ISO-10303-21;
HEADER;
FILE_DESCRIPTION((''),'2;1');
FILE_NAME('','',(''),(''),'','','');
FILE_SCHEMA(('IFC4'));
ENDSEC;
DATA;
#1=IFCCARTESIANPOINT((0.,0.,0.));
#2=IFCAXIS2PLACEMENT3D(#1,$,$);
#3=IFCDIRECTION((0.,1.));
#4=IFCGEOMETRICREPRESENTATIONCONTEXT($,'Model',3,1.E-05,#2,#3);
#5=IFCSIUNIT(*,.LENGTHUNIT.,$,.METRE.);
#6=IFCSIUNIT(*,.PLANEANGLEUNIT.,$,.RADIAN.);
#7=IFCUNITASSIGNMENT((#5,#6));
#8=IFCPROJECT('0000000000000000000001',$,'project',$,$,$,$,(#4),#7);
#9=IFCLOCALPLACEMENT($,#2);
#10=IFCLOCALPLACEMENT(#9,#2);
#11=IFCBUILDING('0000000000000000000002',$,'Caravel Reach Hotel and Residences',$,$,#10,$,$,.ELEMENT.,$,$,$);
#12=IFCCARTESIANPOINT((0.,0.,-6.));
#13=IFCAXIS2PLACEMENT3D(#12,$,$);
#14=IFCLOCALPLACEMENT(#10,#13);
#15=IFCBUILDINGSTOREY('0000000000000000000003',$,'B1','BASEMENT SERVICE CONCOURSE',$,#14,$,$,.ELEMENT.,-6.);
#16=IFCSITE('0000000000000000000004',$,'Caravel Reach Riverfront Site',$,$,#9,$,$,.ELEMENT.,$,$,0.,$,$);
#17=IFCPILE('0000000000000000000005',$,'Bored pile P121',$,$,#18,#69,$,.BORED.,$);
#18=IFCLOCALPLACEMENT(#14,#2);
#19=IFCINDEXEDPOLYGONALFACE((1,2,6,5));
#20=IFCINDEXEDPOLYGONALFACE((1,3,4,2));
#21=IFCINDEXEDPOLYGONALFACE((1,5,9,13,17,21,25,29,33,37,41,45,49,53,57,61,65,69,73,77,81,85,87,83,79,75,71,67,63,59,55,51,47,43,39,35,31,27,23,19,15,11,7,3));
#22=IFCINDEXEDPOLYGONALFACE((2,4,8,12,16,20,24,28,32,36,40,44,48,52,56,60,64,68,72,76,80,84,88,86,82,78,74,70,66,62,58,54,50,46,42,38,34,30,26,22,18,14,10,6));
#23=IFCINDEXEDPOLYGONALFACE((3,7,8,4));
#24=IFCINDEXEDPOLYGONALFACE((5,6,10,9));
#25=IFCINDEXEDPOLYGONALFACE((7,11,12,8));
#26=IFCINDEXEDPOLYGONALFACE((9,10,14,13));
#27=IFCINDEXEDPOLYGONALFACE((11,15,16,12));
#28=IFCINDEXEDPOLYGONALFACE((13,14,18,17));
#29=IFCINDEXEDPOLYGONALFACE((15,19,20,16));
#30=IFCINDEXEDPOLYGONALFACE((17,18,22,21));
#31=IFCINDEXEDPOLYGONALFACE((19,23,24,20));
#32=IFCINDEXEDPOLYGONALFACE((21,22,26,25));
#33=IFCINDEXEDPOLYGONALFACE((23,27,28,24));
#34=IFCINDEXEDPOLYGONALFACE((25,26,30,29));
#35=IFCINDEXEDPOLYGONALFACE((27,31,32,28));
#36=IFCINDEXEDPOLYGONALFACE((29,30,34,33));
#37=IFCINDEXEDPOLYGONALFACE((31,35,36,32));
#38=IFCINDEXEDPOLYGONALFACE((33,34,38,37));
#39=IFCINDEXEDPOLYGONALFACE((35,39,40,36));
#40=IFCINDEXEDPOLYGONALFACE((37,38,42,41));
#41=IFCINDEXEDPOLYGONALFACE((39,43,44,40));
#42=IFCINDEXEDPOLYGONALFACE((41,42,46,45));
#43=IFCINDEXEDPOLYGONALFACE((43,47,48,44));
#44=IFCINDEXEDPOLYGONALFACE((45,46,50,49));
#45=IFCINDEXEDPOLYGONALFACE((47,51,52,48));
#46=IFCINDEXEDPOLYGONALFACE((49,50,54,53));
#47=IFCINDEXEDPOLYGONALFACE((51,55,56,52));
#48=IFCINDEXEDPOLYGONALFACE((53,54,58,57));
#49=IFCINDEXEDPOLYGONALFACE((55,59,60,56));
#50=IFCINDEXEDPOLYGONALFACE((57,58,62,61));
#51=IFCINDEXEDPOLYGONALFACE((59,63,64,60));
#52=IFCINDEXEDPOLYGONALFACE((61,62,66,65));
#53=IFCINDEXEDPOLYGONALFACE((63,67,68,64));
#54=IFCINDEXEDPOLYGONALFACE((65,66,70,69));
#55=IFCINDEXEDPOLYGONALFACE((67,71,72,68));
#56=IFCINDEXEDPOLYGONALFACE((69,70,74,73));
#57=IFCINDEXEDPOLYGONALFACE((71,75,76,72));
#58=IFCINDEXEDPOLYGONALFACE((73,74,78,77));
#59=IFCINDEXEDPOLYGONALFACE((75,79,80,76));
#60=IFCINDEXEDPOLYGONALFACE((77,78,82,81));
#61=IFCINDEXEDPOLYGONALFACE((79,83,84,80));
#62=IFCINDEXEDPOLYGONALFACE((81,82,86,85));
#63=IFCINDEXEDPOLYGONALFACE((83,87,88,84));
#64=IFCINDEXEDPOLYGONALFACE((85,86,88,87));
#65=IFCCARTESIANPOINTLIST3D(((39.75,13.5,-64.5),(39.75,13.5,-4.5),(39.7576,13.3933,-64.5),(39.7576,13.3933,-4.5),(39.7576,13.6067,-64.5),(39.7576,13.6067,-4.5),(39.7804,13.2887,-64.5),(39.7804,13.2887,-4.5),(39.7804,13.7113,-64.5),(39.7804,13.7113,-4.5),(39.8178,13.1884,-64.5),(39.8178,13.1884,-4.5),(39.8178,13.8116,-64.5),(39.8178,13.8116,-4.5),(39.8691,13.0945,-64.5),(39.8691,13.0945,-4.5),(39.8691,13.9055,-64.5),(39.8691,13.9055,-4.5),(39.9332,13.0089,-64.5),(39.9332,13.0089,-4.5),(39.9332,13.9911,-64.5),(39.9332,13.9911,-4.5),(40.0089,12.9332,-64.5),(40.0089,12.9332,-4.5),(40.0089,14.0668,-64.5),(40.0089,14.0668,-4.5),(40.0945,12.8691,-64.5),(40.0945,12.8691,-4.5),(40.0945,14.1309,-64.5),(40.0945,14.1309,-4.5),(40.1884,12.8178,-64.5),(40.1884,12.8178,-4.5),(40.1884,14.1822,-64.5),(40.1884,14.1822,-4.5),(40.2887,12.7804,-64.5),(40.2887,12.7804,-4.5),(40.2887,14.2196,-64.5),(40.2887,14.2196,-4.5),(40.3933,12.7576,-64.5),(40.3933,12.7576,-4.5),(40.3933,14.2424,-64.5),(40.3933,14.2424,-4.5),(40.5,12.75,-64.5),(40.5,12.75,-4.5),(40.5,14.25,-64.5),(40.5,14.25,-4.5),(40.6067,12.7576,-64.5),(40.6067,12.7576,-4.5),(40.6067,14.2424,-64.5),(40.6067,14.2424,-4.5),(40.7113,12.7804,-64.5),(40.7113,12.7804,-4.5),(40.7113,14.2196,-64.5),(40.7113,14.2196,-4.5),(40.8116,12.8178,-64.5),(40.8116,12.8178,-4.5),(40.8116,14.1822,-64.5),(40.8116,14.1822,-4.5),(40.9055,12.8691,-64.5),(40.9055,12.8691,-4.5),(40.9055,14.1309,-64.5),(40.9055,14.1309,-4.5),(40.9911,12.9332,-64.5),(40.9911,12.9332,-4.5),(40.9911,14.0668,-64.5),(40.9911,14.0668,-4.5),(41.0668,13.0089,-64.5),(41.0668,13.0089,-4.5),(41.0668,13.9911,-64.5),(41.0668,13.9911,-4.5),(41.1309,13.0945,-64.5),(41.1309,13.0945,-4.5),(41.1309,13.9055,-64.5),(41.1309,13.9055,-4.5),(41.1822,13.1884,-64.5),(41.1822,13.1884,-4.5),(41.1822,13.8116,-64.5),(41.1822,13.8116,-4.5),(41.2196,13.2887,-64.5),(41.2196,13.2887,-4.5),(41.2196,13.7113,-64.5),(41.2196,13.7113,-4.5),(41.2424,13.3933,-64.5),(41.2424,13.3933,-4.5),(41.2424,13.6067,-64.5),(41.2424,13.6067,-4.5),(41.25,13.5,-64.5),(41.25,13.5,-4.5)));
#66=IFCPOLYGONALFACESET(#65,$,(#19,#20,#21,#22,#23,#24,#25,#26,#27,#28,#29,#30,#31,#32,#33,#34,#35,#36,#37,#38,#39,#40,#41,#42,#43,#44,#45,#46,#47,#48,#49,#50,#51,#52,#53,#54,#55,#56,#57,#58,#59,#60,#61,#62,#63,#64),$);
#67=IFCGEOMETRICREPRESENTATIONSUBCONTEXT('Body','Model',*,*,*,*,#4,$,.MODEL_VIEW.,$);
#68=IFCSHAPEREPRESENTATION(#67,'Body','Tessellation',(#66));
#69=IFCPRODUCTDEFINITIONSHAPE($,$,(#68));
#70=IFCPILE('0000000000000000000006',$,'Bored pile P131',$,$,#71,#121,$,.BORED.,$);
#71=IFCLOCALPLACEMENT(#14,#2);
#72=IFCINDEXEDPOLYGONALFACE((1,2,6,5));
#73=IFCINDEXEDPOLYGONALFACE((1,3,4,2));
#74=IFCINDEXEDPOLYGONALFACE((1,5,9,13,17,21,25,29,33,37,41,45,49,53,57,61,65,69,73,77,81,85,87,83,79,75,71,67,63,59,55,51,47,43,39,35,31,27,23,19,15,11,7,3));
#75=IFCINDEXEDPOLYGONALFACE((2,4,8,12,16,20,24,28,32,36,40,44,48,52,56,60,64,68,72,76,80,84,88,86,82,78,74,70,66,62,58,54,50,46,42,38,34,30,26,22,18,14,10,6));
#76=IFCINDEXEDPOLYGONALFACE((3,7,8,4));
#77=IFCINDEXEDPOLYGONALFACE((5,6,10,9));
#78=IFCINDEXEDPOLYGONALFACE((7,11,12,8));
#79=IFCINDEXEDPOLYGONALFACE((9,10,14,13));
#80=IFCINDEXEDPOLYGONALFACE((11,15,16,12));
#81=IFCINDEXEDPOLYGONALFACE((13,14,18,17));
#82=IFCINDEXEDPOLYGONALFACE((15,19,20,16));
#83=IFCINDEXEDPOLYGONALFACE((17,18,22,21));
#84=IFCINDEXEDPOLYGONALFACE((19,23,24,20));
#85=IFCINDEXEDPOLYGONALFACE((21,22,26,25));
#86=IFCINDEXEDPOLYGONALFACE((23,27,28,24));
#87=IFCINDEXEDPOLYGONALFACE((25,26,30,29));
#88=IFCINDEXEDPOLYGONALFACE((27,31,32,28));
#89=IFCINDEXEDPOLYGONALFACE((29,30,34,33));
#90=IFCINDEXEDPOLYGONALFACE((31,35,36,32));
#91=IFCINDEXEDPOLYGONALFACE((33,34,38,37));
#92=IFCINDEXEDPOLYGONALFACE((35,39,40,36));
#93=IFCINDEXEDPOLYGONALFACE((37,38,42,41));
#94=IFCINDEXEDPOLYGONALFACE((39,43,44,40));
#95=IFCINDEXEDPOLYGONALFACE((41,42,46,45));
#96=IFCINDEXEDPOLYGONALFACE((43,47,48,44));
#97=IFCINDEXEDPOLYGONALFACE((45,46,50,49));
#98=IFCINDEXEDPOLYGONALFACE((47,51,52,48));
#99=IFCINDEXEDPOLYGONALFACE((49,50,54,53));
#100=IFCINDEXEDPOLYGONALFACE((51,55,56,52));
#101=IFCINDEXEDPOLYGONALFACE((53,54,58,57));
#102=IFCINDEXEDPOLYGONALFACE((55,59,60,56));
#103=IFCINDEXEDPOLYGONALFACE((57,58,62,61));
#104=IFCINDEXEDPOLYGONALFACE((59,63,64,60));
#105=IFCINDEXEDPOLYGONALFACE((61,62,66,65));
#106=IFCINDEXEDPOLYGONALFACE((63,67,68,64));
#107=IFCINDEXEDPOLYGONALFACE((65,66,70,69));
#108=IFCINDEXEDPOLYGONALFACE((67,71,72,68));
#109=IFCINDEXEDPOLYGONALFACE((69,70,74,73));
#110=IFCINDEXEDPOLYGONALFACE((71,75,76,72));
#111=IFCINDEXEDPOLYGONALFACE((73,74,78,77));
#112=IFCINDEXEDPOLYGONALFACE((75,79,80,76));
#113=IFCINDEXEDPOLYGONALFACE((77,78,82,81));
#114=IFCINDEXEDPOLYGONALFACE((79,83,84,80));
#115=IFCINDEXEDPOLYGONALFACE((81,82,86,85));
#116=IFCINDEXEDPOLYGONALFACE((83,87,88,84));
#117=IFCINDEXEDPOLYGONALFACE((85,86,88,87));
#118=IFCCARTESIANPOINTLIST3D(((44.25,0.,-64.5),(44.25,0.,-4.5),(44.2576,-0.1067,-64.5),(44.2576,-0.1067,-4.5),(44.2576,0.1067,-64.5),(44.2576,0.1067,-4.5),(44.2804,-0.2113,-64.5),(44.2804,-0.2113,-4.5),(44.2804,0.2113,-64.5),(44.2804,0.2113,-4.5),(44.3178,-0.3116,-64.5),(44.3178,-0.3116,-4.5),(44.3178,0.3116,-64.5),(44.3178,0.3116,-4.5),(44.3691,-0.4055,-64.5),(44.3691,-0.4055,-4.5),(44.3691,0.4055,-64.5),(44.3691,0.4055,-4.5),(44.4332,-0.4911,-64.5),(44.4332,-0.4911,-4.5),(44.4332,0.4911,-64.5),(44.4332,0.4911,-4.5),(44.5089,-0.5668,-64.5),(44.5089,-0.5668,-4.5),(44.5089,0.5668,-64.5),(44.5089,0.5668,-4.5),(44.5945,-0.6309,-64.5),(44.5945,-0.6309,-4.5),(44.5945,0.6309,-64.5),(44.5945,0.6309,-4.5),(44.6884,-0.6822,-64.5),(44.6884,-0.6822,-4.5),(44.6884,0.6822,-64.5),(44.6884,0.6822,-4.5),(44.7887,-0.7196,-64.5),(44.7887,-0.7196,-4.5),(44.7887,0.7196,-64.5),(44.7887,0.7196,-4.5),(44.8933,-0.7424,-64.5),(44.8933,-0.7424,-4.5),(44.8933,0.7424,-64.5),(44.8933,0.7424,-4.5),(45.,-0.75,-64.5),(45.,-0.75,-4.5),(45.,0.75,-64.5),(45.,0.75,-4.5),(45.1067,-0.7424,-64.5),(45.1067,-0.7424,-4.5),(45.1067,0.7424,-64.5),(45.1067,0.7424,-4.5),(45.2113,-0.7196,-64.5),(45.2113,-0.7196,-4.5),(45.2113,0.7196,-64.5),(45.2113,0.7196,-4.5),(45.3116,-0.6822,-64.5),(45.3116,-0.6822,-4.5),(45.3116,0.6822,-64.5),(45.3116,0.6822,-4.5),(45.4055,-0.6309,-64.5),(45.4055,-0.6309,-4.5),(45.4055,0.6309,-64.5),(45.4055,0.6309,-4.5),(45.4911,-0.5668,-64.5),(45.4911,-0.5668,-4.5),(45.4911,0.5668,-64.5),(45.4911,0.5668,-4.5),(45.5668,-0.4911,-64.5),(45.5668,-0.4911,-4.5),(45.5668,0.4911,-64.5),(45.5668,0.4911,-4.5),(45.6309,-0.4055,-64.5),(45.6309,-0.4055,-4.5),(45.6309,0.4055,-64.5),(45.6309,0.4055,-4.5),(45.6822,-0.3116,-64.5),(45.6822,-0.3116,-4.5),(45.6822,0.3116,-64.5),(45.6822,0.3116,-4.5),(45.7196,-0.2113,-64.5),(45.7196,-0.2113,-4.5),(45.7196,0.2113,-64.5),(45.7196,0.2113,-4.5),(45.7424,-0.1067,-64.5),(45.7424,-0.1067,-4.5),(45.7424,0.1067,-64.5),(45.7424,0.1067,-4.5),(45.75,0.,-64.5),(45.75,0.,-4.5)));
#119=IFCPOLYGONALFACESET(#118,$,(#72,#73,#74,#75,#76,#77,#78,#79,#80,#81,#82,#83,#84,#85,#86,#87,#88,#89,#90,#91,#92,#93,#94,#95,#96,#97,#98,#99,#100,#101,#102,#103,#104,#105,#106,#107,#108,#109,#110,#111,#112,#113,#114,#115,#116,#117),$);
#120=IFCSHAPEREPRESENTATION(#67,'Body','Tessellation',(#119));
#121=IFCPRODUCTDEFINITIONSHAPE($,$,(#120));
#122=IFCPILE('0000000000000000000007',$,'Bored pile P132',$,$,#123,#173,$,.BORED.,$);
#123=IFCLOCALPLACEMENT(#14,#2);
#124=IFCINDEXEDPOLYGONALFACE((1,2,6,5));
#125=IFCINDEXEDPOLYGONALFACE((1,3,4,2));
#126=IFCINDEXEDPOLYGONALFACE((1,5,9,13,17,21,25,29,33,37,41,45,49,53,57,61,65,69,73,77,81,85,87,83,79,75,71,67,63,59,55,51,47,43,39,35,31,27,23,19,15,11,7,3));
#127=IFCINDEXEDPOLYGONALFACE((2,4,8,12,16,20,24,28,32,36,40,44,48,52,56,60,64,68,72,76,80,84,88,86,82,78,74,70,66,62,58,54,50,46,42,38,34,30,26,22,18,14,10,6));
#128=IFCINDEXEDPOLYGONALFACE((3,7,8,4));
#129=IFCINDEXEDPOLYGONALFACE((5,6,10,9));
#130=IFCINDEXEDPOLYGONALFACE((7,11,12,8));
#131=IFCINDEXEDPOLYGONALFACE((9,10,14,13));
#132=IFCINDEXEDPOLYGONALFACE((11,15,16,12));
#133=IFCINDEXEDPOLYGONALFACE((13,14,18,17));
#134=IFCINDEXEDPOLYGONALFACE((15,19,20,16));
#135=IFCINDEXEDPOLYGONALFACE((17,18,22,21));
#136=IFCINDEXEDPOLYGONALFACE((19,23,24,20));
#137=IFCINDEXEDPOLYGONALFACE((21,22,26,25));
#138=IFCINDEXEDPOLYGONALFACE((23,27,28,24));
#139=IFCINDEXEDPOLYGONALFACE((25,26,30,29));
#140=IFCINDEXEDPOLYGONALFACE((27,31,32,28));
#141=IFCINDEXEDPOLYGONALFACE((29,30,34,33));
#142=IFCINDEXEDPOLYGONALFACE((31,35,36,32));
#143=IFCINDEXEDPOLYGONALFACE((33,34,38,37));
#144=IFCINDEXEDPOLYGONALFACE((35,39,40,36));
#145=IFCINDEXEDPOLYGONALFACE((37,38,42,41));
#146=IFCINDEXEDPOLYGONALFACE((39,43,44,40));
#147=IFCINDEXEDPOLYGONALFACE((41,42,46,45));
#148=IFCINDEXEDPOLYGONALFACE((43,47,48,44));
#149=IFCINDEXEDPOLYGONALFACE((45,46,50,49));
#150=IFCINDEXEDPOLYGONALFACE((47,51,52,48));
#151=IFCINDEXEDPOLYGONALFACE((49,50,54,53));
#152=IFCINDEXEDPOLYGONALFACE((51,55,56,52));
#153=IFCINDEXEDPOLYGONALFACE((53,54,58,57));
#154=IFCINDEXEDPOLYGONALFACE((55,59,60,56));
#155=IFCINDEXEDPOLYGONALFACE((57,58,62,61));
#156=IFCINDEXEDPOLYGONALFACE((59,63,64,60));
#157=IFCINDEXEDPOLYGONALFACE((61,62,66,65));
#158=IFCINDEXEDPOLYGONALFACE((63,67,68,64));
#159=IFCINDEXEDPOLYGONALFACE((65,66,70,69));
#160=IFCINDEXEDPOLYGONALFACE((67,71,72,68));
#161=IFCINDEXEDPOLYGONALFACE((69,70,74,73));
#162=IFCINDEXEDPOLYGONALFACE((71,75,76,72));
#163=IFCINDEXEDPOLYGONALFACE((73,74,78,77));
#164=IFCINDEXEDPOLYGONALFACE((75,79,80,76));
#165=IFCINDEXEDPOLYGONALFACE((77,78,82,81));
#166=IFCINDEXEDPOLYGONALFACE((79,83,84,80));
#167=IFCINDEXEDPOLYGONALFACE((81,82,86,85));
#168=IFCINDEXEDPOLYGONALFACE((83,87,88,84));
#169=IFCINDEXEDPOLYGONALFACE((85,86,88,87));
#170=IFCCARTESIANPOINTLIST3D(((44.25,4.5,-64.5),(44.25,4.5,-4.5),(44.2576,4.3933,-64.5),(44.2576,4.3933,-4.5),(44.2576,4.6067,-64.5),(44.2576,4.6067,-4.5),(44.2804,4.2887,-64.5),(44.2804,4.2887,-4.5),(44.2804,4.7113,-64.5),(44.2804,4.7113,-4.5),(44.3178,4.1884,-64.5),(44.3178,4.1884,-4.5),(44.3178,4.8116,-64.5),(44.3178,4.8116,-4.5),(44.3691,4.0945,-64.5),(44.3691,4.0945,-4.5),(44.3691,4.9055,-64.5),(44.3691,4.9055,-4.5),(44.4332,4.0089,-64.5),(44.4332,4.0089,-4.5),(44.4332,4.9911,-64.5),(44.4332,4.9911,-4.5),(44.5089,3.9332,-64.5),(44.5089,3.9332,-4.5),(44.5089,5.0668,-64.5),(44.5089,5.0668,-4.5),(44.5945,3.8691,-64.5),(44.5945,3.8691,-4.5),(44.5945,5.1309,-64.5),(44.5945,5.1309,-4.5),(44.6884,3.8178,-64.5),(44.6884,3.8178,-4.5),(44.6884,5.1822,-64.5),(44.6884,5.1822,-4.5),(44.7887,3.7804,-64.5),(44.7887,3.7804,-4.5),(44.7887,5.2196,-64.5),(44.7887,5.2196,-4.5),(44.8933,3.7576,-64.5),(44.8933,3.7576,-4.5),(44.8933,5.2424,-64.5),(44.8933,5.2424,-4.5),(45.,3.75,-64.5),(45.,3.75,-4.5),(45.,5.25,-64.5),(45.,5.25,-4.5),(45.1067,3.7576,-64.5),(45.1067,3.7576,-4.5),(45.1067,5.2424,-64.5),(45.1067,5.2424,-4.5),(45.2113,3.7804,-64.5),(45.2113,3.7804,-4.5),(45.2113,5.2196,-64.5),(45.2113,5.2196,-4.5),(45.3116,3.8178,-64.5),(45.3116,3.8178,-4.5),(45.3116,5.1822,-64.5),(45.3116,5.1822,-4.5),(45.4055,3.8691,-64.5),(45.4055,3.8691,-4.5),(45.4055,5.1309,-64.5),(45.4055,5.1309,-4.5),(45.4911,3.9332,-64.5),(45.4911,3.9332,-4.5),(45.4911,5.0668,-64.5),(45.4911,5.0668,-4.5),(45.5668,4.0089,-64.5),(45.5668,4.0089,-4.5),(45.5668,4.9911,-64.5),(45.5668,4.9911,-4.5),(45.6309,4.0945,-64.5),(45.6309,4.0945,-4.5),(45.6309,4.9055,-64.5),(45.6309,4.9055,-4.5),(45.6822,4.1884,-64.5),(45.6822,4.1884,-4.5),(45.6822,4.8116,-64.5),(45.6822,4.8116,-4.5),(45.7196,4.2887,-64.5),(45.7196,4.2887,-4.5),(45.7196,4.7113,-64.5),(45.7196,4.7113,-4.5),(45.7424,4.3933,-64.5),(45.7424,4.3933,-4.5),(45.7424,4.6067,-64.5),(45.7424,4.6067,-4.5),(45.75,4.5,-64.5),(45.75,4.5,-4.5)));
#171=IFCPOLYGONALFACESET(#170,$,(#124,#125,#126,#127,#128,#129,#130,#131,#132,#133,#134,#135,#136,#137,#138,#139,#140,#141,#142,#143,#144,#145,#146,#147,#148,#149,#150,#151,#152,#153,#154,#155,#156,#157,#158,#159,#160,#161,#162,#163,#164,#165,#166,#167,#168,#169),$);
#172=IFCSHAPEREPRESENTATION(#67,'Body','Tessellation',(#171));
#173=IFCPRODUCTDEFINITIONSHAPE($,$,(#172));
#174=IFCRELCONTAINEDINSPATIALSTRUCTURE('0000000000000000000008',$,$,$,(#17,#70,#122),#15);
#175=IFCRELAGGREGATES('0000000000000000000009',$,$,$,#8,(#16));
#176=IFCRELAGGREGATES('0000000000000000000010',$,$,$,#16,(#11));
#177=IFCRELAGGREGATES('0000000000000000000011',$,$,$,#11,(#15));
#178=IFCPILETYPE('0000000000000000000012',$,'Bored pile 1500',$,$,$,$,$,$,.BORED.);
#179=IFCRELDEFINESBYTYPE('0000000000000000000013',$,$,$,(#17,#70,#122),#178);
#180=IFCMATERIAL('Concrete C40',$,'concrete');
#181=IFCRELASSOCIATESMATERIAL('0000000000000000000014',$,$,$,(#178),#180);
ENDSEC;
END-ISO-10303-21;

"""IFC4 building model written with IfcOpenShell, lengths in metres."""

from ifc_helpers import new_model, si_unit, direction, frame, origin, origin_2d, place, context, subcontext, project, spatial, circle, extrude, material, material_profile, profile_set, type_object, element, save


model = new_model("IFC4")

# Units and contexts
model_context = context("Model", 3, precision=1e-05, world=origin(), true_north=direction((0.0, 1.0)))
body_context = subcontext(model_context, "Body", "Model", "MODEL_VIEW")
ifc_project = project(units=[si_unit("LENGTHUNIT", "METRE"), si_unit("PLANEANGLEUNIT", "RADIAN")], contexts=[model_context])

# Site, building, storey
site_placement = place(None, origin())
site = spatial("IfcSite", under=ifc_project, at=site_placement, Name="Caravel Reach Riverfront Site", CompositionType="ELEMENT", RefElevation=0.0)
building_placement = place(site_placement, origin())
building = spatial("IfcBuilding", under=site, at=building_placement, Name="Caravel Reach Hotel and Residences", CompositionType="ELEMENT")
storey_placement = place(building_placement, frame((0.0, 0.0, -6.0)))
storey = spatial("IfcBuildingStorey", under=building, at=storey_placement, Name="B1", Description="BASEMENT SERVICE CONCOURSE", CompositionType="ELEMENT", Elevation=-6.0)

# Piles
ifc_material_1 = material(Name="Concrete C40", Category="concrete")
ifc_material_profile_1 = material_profile(ifc_material_1, circle(Radius=0.75, at=origin_2d()), Name="PILE 1500")
ifc_profile_set_1 = profile_set([ifc_material_profile_1], Name="Concrete C40")
pile_type = type_object("IfcPileType", Name="Bored pile 1500", PredefinedType="BORED", material=ifc_profile_set_1)
for number, where, z_axis, x_axis, name in (
    (1, (40.5, 13.5, -4.5), (0.0, 0.0, -1.0), (1.0, 0.0, 0.0), "Bored pile P121"),
    (2, (45.0, 0.0, -4.5), (0.0, 0.0, -1.0), (1.0, 0.0, 0.0), "Bored pile P131"),
    (3, (45.0, 4.5, -4.5), (0.0, 0.0, -1.0), (1.0, 0.0, 0.0), "Bored pile P132"),
):
    element("IfcPile", number, at=place(storey_placement, frame(where, z_axis=z_axis, x_axis=x_axis)), inside=storey, type_object=pile_type, Name=name, PredefinedType="BORED", context=body_context, shape_type="SweptSolid", body=[
        extrude(circle(Radius=0.75, at=origin_2d()), origin(), (0.0, 0.0, 1.0), 60.0),
    ])

save(model, "model.ifc")
